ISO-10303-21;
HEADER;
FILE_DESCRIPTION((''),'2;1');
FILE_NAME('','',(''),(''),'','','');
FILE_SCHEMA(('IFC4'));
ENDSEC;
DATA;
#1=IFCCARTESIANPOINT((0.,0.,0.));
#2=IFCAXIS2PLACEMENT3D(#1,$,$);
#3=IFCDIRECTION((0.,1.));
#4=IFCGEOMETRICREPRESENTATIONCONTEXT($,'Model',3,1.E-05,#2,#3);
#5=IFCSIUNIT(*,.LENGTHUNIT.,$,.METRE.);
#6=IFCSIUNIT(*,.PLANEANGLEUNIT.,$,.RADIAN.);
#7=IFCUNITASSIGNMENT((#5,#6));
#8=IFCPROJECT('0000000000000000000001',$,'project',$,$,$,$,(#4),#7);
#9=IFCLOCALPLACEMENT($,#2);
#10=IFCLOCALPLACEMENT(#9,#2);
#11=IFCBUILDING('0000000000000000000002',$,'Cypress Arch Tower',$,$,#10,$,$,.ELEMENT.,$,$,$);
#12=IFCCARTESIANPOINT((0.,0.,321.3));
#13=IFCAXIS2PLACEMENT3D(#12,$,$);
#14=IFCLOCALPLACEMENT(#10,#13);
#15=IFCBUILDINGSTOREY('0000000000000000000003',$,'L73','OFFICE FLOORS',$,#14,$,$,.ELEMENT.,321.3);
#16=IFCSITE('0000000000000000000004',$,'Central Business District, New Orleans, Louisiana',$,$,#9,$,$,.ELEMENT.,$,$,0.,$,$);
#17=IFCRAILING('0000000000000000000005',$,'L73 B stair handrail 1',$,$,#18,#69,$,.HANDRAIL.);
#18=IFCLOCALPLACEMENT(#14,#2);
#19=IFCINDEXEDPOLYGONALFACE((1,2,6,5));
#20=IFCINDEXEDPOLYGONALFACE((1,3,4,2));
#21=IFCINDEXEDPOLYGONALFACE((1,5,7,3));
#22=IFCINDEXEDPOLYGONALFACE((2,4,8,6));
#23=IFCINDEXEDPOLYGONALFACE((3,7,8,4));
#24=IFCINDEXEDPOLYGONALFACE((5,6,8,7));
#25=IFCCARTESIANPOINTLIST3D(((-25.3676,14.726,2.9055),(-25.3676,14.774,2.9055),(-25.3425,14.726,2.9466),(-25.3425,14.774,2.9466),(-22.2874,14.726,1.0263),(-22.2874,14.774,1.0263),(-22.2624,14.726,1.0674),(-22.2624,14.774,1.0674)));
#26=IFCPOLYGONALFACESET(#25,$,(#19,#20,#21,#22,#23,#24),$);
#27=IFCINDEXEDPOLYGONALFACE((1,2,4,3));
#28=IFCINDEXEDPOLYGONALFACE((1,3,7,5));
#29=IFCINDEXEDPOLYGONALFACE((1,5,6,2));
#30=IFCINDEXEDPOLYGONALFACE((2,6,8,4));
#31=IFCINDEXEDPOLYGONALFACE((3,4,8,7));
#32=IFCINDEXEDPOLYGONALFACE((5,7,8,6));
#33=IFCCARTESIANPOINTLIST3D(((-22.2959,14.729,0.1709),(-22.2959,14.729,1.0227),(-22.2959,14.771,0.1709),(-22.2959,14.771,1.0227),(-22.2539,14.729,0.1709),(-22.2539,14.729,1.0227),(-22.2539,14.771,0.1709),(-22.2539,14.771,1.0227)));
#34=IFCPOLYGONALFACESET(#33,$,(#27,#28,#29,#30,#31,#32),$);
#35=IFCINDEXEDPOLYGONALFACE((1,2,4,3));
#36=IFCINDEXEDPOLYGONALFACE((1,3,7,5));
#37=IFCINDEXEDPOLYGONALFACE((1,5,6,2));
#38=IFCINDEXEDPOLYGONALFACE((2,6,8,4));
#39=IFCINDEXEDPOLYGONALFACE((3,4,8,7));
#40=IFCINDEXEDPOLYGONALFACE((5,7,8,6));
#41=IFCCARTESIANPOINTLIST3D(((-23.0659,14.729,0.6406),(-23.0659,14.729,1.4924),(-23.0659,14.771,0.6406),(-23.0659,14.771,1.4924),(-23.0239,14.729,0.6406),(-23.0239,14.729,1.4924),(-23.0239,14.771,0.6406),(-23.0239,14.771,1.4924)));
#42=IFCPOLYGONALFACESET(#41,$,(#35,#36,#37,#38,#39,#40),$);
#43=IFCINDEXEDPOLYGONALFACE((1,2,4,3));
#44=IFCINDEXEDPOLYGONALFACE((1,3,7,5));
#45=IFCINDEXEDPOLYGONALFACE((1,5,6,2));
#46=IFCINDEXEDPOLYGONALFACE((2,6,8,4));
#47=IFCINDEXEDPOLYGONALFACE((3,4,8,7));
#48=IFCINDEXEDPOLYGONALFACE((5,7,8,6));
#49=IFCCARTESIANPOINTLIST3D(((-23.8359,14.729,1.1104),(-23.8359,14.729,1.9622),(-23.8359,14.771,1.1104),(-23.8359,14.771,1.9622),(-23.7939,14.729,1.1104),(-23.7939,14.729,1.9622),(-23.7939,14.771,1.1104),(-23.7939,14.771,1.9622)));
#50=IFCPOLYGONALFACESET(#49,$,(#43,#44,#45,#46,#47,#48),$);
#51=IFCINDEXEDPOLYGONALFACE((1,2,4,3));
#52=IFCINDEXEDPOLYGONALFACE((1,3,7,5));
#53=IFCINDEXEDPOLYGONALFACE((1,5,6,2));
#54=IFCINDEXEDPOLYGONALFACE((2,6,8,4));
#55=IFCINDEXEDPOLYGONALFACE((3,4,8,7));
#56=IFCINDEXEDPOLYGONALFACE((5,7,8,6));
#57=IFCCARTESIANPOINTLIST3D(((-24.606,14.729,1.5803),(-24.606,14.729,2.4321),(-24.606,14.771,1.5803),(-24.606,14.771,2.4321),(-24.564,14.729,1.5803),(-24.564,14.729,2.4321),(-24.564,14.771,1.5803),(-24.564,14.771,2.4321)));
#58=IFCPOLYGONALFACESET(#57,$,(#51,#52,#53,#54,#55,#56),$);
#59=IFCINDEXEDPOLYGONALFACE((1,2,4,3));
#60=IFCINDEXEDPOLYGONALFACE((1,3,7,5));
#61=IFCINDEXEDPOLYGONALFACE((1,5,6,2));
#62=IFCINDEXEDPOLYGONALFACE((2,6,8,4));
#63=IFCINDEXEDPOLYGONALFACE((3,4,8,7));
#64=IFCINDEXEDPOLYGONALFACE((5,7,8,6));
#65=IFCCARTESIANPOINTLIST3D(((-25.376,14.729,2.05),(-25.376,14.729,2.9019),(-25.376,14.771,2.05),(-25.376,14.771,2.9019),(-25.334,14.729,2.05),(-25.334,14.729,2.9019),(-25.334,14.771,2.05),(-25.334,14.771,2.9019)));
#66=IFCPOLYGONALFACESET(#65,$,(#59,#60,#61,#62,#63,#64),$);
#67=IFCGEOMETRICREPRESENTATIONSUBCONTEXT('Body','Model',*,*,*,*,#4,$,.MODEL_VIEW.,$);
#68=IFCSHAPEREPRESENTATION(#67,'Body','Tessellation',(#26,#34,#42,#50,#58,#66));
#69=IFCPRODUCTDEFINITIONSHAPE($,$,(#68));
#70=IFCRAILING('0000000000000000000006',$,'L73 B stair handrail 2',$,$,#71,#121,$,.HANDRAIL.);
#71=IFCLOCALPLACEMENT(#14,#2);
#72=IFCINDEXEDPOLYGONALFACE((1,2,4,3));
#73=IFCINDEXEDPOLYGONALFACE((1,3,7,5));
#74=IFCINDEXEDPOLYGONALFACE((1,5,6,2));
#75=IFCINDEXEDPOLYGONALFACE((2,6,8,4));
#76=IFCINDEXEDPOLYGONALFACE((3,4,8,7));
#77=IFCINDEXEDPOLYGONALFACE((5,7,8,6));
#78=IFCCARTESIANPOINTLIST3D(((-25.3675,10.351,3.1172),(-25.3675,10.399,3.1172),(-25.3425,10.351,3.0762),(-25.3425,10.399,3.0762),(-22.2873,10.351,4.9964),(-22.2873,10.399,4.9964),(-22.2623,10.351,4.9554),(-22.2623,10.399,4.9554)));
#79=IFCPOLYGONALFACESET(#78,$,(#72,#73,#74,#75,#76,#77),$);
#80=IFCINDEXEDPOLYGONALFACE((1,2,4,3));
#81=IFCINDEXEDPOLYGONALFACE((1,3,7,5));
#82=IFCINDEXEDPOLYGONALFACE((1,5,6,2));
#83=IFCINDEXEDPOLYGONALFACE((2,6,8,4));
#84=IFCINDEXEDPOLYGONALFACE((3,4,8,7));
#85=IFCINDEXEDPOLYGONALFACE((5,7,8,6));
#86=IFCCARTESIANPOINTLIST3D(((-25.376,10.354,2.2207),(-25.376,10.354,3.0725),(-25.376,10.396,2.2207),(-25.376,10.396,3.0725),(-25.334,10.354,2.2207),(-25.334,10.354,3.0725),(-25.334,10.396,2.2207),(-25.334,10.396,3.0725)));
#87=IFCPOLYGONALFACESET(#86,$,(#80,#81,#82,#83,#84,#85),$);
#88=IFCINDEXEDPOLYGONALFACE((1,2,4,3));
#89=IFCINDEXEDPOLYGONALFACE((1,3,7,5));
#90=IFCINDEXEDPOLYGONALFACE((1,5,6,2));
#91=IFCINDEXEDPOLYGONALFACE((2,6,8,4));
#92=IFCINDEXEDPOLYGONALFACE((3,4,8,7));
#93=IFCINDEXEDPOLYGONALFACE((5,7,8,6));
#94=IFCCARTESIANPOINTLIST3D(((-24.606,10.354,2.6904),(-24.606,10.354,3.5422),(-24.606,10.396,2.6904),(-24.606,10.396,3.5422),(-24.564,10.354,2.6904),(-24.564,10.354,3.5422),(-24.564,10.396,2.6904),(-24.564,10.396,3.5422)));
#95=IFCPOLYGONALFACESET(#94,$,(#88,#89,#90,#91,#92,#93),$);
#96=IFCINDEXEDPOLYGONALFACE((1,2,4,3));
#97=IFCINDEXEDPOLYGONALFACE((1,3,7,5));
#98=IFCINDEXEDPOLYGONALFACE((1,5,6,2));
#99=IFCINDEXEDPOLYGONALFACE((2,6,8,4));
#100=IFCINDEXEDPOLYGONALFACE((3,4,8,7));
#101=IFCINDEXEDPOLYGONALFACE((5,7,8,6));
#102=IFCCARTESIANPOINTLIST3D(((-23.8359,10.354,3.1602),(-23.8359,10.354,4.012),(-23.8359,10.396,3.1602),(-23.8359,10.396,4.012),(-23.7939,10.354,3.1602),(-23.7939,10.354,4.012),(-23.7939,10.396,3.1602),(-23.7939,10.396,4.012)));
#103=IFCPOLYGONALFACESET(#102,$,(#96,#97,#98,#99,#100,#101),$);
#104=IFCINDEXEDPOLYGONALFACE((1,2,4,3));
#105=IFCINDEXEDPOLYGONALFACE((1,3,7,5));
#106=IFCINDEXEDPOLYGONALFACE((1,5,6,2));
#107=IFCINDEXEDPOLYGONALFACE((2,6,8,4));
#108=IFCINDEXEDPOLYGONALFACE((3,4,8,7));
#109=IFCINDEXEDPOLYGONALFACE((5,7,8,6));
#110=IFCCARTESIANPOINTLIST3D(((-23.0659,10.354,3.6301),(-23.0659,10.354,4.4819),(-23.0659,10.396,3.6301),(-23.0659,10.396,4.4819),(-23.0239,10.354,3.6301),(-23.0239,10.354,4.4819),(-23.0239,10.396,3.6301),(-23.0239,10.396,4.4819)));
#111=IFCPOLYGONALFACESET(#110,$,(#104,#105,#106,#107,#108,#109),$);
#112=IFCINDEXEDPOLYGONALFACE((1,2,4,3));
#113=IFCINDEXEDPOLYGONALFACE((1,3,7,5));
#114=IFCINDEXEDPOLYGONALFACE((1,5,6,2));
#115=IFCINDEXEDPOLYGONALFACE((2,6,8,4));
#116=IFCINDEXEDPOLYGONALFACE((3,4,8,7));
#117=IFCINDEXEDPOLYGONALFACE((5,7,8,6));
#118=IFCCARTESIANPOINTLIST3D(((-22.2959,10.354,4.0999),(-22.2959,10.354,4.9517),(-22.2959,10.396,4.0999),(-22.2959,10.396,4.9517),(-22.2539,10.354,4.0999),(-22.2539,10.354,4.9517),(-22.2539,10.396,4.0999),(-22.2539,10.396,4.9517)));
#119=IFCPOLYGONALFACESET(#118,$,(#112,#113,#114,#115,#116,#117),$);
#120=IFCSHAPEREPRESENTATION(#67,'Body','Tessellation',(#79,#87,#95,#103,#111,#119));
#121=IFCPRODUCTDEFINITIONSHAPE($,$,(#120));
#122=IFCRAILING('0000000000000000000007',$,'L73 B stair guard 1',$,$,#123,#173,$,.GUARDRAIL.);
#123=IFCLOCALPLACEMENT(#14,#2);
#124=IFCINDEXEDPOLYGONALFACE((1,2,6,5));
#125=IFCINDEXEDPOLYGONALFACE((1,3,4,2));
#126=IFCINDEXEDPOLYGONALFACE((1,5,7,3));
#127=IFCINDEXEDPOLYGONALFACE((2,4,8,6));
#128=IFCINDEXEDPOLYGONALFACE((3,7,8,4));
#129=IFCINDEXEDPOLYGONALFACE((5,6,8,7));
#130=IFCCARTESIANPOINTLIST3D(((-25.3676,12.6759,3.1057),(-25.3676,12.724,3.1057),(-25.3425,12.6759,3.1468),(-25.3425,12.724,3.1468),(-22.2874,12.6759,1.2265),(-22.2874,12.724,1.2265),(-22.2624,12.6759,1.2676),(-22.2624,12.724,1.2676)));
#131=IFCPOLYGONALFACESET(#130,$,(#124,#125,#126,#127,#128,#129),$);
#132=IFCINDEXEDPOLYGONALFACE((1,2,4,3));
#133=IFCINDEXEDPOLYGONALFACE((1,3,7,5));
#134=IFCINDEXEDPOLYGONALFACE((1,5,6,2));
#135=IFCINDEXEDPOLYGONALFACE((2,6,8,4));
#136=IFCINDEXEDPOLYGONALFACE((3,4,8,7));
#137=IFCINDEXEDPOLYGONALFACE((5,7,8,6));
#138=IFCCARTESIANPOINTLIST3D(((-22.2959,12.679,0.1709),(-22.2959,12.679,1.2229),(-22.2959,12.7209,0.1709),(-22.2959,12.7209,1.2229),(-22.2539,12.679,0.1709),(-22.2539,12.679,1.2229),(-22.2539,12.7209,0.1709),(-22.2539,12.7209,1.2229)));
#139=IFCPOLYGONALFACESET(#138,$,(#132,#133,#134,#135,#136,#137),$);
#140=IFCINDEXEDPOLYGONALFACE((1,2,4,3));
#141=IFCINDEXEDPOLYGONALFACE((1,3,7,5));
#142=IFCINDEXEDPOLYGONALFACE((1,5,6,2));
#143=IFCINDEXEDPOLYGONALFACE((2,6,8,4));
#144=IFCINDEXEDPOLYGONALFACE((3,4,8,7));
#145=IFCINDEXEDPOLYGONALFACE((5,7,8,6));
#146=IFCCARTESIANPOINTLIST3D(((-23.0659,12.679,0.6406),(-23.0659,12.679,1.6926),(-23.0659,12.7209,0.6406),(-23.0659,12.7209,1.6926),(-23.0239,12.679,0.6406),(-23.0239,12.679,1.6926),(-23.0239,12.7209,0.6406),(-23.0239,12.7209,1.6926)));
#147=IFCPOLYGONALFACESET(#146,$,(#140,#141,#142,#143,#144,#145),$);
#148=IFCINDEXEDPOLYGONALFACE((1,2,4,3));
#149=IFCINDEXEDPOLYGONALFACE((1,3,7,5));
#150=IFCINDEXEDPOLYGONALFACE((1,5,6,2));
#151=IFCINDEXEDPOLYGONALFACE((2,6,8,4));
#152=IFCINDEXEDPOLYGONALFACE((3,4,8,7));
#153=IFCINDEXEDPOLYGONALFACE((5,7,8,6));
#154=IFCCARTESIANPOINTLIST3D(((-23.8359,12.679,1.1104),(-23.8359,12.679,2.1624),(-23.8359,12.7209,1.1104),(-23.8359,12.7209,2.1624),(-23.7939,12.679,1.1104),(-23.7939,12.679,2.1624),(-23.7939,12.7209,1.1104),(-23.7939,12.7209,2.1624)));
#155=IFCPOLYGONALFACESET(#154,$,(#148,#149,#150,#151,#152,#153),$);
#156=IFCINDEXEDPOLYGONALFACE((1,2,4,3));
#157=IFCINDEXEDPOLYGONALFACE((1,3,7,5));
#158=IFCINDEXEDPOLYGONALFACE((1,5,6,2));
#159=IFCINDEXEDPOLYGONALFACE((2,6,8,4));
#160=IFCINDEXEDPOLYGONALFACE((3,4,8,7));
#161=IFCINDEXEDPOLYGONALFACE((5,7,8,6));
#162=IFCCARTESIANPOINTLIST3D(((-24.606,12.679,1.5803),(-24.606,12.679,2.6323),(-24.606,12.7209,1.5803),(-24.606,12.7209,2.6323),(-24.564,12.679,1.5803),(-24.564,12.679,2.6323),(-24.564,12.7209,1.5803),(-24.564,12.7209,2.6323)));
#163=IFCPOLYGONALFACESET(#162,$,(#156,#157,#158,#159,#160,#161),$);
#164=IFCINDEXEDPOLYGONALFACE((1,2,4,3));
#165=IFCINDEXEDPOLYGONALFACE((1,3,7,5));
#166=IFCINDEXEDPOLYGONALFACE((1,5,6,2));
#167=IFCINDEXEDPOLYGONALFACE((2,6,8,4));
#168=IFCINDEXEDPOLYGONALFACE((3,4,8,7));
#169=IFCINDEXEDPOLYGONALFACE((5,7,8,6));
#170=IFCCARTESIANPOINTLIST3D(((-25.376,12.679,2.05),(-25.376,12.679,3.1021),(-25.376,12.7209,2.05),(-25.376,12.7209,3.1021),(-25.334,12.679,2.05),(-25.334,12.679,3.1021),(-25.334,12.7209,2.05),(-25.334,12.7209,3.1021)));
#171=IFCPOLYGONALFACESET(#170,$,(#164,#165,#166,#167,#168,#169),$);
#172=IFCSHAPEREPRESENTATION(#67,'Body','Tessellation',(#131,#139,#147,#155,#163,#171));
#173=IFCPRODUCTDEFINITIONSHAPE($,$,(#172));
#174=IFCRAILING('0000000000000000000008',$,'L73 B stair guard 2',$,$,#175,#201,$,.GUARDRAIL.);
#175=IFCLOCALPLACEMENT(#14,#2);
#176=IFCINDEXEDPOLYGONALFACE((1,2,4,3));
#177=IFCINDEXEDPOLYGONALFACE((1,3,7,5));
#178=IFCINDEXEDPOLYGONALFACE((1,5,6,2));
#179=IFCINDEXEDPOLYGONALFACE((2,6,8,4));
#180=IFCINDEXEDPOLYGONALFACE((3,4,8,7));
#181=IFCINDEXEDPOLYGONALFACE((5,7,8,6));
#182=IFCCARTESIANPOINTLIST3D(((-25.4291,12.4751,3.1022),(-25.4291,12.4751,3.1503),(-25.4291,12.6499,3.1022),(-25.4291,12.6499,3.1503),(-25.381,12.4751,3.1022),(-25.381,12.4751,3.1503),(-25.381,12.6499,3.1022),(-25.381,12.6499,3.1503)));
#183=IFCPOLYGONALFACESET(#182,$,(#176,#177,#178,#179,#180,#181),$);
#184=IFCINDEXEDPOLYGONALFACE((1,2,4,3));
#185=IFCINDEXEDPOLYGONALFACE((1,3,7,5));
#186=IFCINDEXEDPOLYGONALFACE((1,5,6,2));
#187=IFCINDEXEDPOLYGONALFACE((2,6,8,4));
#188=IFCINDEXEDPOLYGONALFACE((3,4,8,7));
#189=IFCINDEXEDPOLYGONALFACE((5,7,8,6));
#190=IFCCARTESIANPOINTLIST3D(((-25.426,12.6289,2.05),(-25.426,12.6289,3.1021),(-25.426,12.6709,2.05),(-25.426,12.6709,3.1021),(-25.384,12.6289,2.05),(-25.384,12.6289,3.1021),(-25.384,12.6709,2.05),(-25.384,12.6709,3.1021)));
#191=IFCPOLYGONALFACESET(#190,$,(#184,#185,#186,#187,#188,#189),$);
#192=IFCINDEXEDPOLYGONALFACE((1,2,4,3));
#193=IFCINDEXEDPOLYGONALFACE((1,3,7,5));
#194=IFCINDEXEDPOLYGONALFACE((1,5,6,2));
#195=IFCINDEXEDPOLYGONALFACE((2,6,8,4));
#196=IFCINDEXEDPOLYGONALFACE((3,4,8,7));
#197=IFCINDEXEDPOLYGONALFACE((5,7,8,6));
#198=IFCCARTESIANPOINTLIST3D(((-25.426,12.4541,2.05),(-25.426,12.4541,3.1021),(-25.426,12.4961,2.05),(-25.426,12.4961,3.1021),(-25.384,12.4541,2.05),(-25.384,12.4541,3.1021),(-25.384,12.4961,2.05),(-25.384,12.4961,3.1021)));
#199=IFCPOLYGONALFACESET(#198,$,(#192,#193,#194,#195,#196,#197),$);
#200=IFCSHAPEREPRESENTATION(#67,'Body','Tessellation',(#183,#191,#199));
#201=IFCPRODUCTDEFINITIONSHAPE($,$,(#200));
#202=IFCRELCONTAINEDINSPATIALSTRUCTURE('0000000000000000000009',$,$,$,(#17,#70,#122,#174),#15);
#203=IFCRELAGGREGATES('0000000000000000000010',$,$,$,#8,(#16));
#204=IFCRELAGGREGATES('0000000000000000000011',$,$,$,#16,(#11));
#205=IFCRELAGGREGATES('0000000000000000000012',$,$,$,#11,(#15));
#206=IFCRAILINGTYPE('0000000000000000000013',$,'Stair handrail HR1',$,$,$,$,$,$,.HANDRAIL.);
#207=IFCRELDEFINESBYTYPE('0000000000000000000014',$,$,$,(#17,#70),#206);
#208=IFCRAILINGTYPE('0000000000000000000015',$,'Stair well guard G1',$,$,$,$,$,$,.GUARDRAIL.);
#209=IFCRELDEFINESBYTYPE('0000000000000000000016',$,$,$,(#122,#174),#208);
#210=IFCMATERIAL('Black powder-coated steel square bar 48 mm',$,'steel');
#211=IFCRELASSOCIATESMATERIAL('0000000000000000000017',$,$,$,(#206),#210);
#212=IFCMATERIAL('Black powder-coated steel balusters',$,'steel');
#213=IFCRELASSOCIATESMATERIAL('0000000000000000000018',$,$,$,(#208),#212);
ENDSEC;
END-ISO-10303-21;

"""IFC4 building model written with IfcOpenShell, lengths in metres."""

from ifc_helpers import new_model, si_unit, direction, frame, origin, origin_2d, place, context, subcontext, project, spatial, rectangle, extrude, material, type_object, element, save


model = new_model("IFC4")

# Units and contexts
model_context = context("Model", 3, precision=1e-05, world=origin(), true_north=direction((0.0, 1.0)))
body_context = subcontext(model_context, "Body", "Model", "MODEL_VIEW")
ifc_project = project(units=[si_unit("LENGTHUNIT", "METRE"), si_unit("PLANEANGLEUNIT", "RADIAN")], contexts=[model_context])

# Site, building, storey
site_placement = place(None, origin())
site = spatial("IfcSite", under=ifc_project, at=site_placement, Name="Central Business District, New Orleans, Louisiana", CompositionType="ELEMENT", RefElevation=0.0)
building_placement = place(site_placement, origin())
building = spatial("IfcBuilding", under=site, at=building_placement, Name="Cypress Arch Tower", CompositionType="ELEMENT")
storey_placement = place(building_placement, frame((0.0, 0.0, 321.3)))
storey = spatial("IfcBuildingStorey", under=building, at=storey_placement, Name="L73", Description="OFFICE FLOORS", CompositionType="ELEMENT", Elevation=321.3)

# Railings
ifc_material_1 = material(Name="Black powder-coated steel square bar 48 mm", Category="steel")
railing_type_1 = type_object("IfcRailingType", Name="Stair handrail HR1", PredefinedType="HANDRAIL", material=ifc_material_1)
railing_1_placement = place(storey_placement, frame((-22.2749, 14.75, 0.1709)))
element("IfcRailing", 1, at=railing_1_placement, inside=storey, type_object=railing_type_1, Name="L73 B stair handrail 1", PredefinedType="HANDRAIL", context=body_context, shape_type="SweptSolid", body=[
    extrude(rectangle(XDim=0.0481, YDim=0.0481, at=origin_2d()), frame((0.0, 0.0, 0.876), z_axis=(-0.853666, 0.0, 0.52082), x_axis=(0.0, -1.0, 0.0)), (0.0, 0.0, 1.0), 3.6082),
    extrude(rectangle(XDim=0.042, YDim=0.042, at=origin_2d()), origin(), (0.0, 0.0, 1.0), 0.8518),
    extrude(rectangle(XDim=0.042, YDim=0.042, at=origin_2d()), frame((-0.77, 0.0, 0.4697)), (0.0, 0.0, 1.0), 0.8518),
    extrude(rectangle(XDim=0.042, YDim=0.042, at=origin_2d()), frame((-1.54, 0.0, 0.9395)), (0.0, 0.0, 1.0), 0.8518),
    extrude(rectangle(XDim=0.042, YDim=0.042, at=origin_2d()), frame((-2.3101, 0.0, 1.4094)), (0.0, 0.0, 1.0), 0.8518),
    extrude(rectangle(XDim=0.042, YDim=0.042, at=origin_2d()), frame((-3.0801, 0.0, 1.8792)), (0.0, 0.0, 1.0), 0.8518),
])
railing_2_placement = place(storey_placement, frame((-25.355, 10.375, 2.2207)))
element("IfcRailing", 2, at=railing_2_placement, inside=storey, type_object=railing_type_1, Name="L73 B stair handrail 2", PredefinedType="HANDRAIL", context=body_context, shape_type="SweptSolid", body=[
    extrude(rectangle(XDim=0.0481, YDim=0.0481, at=origin_2d()), frame((0.0, 0.0, 0.876), z_axis=(0.853666, 0.0, 0.52082), x_axis=(0.0, 1.0, 0.0)), (0.0, 0.0, 1.0), 3.6082),
    extrude(rectangle(XDim=0.042, YDim=0.042, at=origin_2d()), origin(), (0.0, 0.0, 1.0), 0.8518),
    extrude(rectangle(XDim=0.042, YDim=0.042, at=origin_2d()), frame((0.77, 0.0, 0.4697)), (0.0, 0.0, 1.0), 0.8518),
    extrude(rectangle(XDim=0.042, YDim=0.042, at=origin_2d()), frame((1.54, 0.0, 0.9395)), (0.0, 0.0, 1.0), 0.8518),
    extrude(rectangle(XDim=0.042, YDim=0.042, at=origin_2d()), frame((2.3101, 0.0, 1.4094)), (0.0, 0.0, 1.0), 0.8518),
    extrude(rectangle(XDim=0.042, YDim=0.042, at=origin_2d()), frame((3.0801, 0.0, 1.8792)), (0.0, 0.0, 1.0), 0.8518),
])
ifc_material_2 = material(Name="Black powder-coated steel balusters", Category="steel")
railing_type_2 = type_object("IfcRailingType", Name="Stair well guard G1", PredefinedType="GUARDRAIL", material=ifc_material_2)
railing_3_placement = place(storey_placement, frame((-22.2749, 12.7, 0.1709)))
element("IfcRailing", 3, at=railing_3_placement, inside=storey, type_object=railing_type_2, Name="L73 B stair guard 1", PredefinedType="GUARDRAIL", context=body_context, shape_type="SweptSolid", body=[
    extrude(rectangle(XDim=0.0481, YDim=0.0481, at=origin_2d()), frame((0.0, 0.0, 1.0762), z_axis=(-0.853666, 0.0, 0.52082), x_axis=(0.0, -1.0, 0.0)), (0.0, 0.0, 1.0), 3.6082),
    extrude(rectangle(XDim=0.042, YDim=0.042, at=origin_2d()), origin(), (0.0, 0.0, 1.0), 1.052),
    extrude(rectangle(XDim=0.042, YDim=0.042, at=origin_2d()), frame((-0.77, 0.0, 0.4697)), (0.0, 0.0, 1.0), 1.052),
    extrude(rectangle(XDim=0.042, YDim=0.042, at=origin_2d()), frame((-1.54, 0.0, 0.9395)), (0.0, 0.0, 1.0), 1.052),
    extrude(rectangle(XDim=0.042, YDim=0.042, at=origin_2d()), frame((-2.3101, 0.0, 1.4094)), (0.0, 0.0, 1.0), 1.052),
    extrude(rectangle(XDim=0.042, YDim=0.042, at=origin_2d()), frame((-3.0801, 0.0, 1.8792)), (0.0, 0.0, 1.0), 1.052),
])
railing_4_placement = place(storey_placement, frame((-25.405, 12.6499, 2.05)))
element("IfcRailing", 4, at=railing_4_placement, inside=storey, type_object=railing_type_2, Name="L73 B stair guard 2", PredefinedType="GUARDRAIL", context=body_context, shape_type="SweptSolid", body=[
    extrude(rectangle(XDim=0.0481, YDim=0.0481, at=origin_2d()), frame((0.0, 0.0, 1.0762), z_axis=(0.0, -1.0, 0.0), x_axis=(1.0, 0.0, 0.0)), (0.0, 0.0, 1.0), 0.1748),
    extrude(rectangle(XDim=0.042, YDim=0.042, at=origin_2d()), origin(), (0.0, 0.0, 1.0), 1.052),
    extrude(rectangle(XDim=0.042, YDim=0.042, at=origin_2d()), frame((0.0, -0.1748, 0.0)), (0.0, 0.0, 1.0), 1.052),
])

save(model, "model.ifc")
